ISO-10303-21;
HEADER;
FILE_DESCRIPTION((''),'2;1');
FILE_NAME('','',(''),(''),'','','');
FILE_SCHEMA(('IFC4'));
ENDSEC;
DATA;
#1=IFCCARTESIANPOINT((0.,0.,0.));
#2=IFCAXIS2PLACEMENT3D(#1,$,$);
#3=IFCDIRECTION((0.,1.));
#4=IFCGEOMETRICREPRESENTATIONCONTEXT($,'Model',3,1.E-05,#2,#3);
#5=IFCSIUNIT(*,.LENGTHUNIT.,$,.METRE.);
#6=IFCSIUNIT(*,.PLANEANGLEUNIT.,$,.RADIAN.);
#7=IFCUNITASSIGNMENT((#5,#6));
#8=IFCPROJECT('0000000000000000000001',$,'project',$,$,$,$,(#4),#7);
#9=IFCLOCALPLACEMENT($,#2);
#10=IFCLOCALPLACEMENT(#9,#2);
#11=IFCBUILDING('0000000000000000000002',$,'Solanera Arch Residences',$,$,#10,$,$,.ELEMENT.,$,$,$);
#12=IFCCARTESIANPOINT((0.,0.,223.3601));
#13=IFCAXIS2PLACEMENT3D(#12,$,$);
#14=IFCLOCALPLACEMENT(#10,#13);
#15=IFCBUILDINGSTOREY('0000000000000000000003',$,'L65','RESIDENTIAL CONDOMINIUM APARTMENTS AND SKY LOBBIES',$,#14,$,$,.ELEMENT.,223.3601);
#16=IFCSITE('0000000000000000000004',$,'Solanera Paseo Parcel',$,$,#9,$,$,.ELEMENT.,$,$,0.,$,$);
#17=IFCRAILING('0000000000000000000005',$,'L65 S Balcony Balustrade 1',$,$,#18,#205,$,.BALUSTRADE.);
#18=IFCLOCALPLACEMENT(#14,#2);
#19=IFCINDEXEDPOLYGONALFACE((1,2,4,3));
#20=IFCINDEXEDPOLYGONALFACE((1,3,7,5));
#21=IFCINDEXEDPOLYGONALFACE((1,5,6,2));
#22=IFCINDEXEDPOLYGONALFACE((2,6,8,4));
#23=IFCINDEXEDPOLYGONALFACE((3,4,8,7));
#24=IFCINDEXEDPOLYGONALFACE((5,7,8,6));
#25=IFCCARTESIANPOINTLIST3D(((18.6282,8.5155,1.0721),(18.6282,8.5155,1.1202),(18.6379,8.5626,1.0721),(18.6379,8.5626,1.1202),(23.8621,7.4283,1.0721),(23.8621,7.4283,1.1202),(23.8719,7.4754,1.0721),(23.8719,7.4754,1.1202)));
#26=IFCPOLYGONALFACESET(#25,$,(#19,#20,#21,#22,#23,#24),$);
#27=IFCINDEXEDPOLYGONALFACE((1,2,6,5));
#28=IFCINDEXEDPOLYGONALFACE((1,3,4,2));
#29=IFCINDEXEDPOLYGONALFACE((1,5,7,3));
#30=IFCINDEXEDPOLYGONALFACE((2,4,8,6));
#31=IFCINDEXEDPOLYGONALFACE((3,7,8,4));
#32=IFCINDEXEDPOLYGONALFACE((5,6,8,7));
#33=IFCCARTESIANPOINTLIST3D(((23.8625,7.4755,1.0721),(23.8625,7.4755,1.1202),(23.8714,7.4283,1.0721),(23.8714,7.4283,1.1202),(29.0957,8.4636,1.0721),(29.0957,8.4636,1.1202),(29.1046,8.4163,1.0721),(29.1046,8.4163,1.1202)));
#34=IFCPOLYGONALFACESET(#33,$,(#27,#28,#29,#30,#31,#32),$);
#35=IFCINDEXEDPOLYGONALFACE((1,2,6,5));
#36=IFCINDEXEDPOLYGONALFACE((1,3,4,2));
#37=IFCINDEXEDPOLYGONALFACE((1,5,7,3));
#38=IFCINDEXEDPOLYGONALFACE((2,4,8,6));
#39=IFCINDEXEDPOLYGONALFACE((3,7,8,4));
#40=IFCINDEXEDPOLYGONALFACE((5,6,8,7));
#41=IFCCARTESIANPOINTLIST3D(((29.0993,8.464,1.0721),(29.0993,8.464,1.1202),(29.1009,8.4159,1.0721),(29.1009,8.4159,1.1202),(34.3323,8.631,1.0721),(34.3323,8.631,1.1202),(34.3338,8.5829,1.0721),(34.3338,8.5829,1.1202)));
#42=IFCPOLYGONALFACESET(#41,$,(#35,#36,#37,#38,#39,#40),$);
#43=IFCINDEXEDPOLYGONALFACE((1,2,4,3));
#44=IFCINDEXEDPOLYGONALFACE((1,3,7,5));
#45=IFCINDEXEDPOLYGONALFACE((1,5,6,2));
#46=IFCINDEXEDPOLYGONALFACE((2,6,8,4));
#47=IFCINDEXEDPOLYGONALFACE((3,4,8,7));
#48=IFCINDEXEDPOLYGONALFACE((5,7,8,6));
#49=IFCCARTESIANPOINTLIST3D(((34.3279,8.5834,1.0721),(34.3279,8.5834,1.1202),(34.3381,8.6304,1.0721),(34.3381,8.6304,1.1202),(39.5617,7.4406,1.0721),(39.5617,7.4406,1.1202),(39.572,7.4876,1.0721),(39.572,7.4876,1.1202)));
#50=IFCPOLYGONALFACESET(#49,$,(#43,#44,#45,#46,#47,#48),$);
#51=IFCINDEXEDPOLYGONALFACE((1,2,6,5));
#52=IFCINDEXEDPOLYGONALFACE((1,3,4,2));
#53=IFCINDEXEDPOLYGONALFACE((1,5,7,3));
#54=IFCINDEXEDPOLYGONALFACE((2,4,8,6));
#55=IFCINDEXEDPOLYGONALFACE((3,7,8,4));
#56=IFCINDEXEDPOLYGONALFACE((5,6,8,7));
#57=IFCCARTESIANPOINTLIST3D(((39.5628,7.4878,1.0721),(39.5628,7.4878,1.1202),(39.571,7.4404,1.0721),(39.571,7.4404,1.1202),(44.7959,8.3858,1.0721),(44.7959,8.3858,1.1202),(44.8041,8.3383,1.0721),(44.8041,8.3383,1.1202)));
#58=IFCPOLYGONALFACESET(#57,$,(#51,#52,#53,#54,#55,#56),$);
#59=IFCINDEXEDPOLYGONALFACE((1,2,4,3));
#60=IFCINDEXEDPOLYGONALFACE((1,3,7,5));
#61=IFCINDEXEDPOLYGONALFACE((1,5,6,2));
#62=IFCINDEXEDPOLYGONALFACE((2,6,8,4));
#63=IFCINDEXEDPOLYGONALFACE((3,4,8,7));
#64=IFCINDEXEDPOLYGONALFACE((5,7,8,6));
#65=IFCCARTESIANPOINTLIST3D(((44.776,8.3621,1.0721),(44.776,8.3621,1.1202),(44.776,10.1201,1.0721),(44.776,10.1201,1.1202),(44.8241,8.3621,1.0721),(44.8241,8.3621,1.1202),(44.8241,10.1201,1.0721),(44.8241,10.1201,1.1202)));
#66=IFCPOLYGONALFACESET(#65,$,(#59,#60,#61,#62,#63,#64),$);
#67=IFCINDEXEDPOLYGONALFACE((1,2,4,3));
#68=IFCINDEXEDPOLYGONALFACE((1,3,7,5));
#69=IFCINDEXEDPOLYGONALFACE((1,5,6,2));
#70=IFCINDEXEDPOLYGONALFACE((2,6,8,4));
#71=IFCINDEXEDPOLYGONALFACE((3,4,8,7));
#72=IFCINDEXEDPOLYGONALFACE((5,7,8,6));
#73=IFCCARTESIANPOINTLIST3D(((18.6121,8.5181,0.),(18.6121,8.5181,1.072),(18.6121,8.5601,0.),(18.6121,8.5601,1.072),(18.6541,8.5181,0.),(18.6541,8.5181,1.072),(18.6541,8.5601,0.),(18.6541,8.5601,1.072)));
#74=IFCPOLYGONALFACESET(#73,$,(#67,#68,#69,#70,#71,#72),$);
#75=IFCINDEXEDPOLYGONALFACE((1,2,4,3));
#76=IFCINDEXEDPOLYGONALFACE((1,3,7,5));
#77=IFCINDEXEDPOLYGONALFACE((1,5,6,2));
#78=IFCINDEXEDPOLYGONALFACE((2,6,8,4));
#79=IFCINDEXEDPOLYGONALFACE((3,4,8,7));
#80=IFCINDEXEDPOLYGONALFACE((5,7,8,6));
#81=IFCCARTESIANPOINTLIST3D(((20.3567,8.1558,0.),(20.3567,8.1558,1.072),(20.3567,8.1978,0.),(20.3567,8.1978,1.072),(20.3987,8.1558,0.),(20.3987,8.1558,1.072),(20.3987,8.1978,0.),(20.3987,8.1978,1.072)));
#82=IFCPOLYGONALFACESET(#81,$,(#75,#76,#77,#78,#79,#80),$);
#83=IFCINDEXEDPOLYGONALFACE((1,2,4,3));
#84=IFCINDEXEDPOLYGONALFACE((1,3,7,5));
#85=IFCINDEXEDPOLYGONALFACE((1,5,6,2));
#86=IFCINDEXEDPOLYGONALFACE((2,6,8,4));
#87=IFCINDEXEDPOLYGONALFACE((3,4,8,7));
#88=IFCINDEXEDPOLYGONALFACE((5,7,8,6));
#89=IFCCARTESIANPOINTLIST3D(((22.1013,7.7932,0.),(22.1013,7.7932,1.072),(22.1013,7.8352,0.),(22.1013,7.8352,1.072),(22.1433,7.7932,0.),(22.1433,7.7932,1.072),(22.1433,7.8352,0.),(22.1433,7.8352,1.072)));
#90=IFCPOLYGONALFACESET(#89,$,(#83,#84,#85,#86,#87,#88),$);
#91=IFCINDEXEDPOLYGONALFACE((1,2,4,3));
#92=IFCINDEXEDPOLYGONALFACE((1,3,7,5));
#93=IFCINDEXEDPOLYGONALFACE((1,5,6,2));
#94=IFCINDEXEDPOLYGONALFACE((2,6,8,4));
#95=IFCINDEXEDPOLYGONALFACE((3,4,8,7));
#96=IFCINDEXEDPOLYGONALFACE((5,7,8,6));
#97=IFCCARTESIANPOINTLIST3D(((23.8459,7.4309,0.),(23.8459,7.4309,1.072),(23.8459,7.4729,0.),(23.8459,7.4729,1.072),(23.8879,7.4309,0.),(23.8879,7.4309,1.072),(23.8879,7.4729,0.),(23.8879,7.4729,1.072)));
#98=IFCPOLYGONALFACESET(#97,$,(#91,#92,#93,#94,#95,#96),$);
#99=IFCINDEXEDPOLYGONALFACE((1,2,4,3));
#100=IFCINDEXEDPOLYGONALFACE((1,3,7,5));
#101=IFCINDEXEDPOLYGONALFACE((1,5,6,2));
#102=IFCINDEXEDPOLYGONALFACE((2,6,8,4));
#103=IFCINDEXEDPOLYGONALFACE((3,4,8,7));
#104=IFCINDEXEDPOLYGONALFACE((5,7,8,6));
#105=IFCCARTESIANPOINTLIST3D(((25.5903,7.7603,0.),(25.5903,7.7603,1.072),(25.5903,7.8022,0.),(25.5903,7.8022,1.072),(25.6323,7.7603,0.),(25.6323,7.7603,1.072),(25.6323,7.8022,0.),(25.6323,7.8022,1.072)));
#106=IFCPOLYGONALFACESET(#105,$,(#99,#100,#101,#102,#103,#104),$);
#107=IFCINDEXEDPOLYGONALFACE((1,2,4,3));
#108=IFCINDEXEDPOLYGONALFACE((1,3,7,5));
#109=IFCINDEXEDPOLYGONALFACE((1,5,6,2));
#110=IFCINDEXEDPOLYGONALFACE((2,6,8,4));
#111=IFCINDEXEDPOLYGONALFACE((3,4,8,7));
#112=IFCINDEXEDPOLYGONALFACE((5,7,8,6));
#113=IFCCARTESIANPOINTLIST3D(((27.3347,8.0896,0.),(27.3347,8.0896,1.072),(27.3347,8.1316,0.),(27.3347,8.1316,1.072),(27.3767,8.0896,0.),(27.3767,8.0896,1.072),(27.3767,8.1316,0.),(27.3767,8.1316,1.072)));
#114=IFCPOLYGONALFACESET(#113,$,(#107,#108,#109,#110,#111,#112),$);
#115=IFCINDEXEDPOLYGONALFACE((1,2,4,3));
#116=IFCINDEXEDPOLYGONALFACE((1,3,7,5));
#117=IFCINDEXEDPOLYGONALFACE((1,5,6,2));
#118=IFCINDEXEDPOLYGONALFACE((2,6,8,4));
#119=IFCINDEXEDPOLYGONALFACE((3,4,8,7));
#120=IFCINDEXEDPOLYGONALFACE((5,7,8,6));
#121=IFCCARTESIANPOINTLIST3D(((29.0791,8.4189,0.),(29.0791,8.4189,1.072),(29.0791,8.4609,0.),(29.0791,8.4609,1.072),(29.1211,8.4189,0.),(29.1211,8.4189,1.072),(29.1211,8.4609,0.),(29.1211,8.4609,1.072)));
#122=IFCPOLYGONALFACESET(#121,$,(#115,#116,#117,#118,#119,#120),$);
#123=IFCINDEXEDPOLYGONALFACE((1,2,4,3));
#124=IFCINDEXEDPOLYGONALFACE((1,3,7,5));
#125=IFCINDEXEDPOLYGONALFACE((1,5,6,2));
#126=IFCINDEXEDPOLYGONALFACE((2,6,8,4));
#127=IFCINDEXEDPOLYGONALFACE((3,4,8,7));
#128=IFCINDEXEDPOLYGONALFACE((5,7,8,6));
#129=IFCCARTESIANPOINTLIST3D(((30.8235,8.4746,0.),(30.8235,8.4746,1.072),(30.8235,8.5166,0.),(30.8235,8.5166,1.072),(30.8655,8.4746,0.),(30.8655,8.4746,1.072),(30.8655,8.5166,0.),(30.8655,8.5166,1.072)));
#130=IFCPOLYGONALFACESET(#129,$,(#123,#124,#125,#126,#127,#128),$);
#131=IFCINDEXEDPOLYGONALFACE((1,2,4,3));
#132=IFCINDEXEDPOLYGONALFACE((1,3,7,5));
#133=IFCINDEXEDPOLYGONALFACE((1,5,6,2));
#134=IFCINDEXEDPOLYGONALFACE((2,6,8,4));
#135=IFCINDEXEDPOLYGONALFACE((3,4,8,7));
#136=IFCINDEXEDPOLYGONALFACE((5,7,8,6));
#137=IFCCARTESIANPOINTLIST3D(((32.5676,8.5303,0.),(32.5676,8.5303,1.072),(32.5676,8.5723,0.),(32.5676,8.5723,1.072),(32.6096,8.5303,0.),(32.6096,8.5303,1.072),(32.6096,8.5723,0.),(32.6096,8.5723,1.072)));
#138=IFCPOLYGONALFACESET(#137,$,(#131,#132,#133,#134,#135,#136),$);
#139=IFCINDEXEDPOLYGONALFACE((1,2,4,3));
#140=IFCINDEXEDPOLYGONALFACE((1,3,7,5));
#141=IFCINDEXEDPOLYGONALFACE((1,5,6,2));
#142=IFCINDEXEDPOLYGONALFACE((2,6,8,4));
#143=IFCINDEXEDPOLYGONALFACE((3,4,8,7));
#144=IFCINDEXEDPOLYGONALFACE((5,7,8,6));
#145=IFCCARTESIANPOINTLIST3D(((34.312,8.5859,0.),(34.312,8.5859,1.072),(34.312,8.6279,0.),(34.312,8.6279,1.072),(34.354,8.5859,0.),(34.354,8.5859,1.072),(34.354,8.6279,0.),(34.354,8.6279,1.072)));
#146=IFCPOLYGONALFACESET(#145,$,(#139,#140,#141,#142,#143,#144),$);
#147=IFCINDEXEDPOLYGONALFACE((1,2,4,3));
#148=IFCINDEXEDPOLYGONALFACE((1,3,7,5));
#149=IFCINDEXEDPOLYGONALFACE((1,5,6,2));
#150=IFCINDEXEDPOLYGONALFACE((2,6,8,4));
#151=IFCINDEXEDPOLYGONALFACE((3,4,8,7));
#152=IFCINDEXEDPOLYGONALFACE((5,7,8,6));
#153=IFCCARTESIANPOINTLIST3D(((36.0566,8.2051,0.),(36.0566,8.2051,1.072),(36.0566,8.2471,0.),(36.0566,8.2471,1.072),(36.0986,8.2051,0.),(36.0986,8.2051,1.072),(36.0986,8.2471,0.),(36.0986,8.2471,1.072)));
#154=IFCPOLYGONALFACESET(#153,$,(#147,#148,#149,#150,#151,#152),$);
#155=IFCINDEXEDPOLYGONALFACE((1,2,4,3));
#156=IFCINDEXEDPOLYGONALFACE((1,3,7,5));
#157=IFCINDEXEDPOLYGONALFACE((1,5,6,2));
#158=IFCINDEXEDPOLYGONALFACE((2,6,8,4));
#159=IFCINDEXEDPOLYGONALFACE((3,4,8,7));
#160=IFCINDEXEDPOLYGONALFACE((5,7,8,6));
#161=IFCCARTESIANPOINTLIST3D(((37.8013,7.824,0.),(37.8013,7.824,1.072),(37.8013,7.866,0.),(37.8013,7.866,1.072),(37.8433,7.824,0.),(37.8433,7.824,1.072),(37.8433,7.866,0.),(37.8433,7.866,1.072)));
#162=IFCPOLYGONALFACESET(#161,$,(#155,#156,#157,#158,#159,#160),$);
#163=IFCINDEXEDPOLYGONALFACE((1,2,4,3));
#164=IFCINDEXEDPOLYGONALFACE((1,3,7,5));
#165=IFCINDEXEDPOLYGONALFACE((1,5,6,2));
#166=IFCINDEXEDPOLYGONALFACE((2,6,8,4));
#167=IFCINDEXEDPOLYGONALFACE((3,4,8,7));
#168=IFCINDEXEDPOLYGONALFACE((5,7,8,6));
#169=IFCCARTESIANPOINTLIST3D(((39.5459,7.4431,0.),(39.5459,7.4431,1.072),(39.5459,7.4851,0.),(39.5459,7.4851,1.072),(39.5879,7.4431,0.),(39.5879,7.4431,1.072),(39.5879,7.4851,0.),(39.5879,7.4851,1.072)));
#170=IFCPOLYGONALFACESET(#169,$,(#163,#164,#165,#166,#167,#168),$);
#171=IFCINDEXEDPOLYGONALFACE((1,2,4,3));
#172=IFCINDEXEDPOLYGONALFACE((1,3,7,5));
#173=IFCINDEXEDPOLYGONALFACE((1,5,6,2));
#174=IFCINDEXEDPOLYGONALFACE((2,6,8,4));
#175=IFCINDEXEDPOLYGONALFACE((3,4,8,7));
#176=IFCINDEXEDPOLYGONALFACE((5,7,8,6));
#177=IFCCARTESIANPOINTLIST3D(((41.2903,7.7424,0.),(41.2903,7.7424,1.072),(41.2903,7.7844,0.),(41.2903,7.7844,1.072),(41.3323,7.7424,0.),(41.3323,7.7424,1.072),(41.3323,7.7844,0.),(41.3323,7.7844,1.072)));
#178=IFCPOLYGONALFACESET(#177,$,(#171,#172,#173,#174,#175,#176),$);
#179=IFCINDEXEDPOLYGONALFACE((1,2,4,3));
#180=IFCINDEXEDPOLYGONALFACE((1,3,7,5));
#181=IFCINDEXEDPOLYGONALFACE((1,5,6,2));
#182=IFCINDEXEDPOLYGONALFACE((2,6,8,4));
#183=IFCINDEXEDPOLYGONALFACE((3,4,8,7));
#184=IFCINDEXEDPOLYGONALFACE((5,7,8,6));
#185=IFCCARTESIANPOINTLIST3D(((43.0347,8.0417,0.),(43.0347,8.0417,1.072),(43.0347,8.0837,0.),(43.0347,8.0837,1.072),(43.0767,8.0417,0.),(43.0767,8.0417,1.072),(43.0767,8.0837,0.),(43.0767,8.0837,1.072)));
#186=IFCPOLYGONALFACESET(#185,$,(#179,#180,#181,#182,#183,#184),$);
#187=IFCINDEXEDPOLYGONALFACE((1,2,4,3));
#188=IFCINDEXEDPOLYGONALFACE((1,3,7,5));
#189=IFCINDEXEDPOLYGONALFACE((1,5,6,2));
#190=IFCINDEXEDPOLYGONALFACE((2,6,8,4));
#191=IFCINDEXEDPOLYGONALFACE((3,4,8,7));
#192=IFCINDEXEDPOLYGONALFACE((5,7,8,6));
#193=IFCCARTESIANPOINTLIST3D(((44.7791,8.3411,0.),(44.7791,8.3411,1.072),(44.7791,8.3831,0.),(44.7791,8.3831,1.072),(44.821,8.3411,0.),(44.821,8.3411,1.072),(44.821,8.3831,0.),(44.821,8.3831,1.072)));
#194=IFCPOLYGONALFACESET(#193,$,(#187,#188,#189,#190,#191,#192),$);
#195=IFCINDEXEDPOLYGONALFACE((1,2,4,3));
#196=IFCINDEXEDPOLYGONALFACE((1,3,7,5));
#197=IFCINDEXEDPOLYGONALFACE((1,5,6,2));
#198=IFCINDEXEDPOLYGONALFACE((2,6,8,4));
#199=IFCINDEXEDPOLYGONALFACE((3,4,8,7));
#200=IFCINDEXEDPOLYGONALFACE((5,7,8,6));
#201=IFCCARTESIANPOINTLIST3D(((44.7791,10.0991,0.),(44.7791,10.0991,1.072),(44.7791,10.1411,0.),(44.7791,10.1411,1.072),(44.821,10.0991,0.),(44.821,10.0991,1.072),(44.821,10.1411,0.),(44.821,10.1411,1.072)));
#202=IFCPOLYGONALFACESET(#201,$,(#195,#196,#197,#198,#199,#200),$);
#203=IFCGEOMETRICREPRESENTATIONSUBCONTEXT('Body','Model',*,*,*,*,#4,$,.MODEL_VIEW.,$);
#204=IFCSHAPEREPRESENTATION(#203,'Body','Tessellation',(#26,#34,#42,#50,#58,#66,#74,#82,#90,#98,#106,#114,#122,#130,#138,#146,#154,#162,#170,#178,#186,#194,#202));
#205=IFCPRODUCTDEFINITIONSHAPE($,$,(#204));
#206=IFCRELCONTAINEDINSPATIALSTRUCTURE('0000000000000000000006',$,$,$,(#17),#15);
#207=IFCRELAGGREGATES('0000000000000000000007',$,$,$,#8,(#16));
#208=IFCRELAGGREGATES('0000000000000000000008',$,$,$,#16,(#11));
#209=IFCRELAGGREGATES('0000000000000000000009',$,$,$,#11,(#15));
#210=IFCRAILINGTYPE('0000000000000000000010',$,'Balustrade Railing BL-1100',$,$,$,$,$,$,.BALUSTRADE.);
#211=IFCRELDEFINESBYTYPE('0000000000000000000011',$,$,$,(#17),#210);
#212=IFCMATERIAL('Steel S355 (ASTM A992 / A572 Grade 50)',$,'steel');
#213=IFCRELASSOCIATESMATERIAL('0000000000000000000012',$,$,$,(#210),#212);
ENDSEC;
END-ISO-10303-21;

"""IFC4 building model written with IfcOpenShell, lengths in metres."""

from ifc_helpers import new_model, si_unit, direction, frame, origin, origin_2d, place, context, subcontext, project, spatial, rectangle, extrude, material, type_object, element, save


model = new_model("IFC4")

# Units and contexts
model_context = context("Model", 3, precision=1e-05, world=origin(), true_north=direction((0.0, 1.0)))
body_context = subcontext(model_context, "Body", "Model", "MODEL_VIEW")
ifc_project = project(units=[si_unit("LENGTHUNIT", "METRE"), si_unit("PLANEANGLEUNIT", "RADIAN")], contexts=[model_context])

# Site, building, storey
site_placement = place(None, origin())
site = spatial("IfcSite", under=ifc_project, at=site_placement, Name="Solanera Paseo Parcel", CompositionType="ELEMENT", RefElevation=0.0)
building_placement = place(site_placement, origin())
building = spatial("IfcBuilding", under=site, at=building_placement, Name="Solanera Arch Residences", CompositionType="ELEMENT")
storey_placement = place(building_placement, frame((0.0, 0.0, 223.3601)))
storey = spatial("IfcBuildingStorey", under=building, at=storey_placement, Name="L65", Description="RESIDENTIAL CONDOMINIUM APARTMENTS AND SKY LOBBIES", CompositionType="ELEMENT", Elevation=223.3601)

# Railing
ifc_material_1 = material(Name="Steel S355 (ASTM A992 / A572 Grade 50)", Category="steel")
railing_type = type_object("IfcRailingType", Name="Balustrade Railing BL-1100", PredefinedType="BALUSTRADE", material=ifc_material_1)
railing_placement = place(storey_placement, frame((18.6331, 8.5391, 0.0)))
element("IfcRailing", 1, at=railing_placement, inside=storey, type_object=railing_type, Name="L65 S Balcony Balustrade 1", PredefinedType="BALUSTRADE", context=body_context, shape_type="SweptSolid", body=[
    extrude(rectangle(XDim=0.0481, YDim=0.0481, at=origin_2d()), frame((0.0, 0.0, 1.0962), z_axis=(0.979101, -0.203374, 0.0), x_axis=(0.203374, 0.979101, 0.0)), (0.0, 0.0, 1.0), 5.3457),
    extrude(rectangle(XDim=0.0481, YDim=0.0481, at=origin_2d()), frame((5.2339, -1.0872, 1.0962), z_axis=(0.982639, 0.185526, 0.0), x_axis=(-0.185526, 0.982639, 0.0)), (0.0, 0.0, 1.0), 5.3257),
    extrude(rectangle(XDim=0.0481, YDim=0.0481, at=origin_2d()), frame((10.467, -0.0991, 1.0962), z_axis=(0.999491, 0.031896, 0.0), x_axis=(-0.031896, 0.999491, 0.0)), (0.0, 0.0, 1.0), 5.2356),
    extrude(rectangle(XDim=0.0481, YDim=0.0481, at=origin_2d()), frame((15.7, 0.0679, 1.0962), z_axis=(0.976981, -0.213324, 0.0), x_axis=(0.213324, 0.976981, 0.0)), (0.0, 0.0, 1.0), 5.3572),
    extrude(rectangle(XDim=0.0481, YDim=0.0481, at=origin_2d()), frame((20.9338, -1.075, 1.0962), z_axis=(0.985596, 0.169117, 0.0), x_axis=(-0.169117, 0.985596, 0.0)), (0.0, 0.0, 1.0), 5.3096),
    extrude(rectangle(XDim=0.0481, YDim=0.0481, at=origin_2d()), frame((26.167, -0.177, 1.0962), z_axis=(0.0, 1.0, 0.0), x_axis=(-1.0, 0.0, 0.0)), (0.0, 0.0, 1.0), 1.7581),
    extrude(rectangle(XDim=0.042, YDim=0.042, at=origin_2d()), origin(), (0.0, 0.0, 1.0), 1.072),
    extrude(rectangle(XDim=0.042, YDim=0.042, at=origin_2d()), frame((1.7446, -0.3623, 0.0)), (0.0, 0.0, 1.0), 1.072),
    extrude(rectangle(XDim=0.042, YDim=0.042, at=origin_2d()), frame((3.4893, -0.7249, 0.0)), (0.0, 0.0, 1.0), 1.072),
    extrude(rectangle(XDim=0.042, YDim=0.042, at=origin_2d()), frame((5.2339, -1.0872, 0.0)), (0.0, 0.0, 1.0), 1.072),
    extrude(rectangle(XDim=0.042, YDim=0.042, at=origin_2d()), frame((6.9783, -0.7578, 0.0)), (0.0, 0.0, 1.0), 1.072),
    extrude(rectangle(XDim=0.042, YDim=0.042, at=origin_2d()), frame((8.7227, -0.4285, 0.0)), (0.0, 0.0, 1.0), 1.072),
    extrude(rectangle(XDim=0.042, YDim=0.042, at=origin_2d()), frame((10.467, -0.0991, 0.0)), (0.0, 0.0, 1.0), 1.072),
    extrude(rectangle(XDim=0.042, YDim=0.042, at=origin_2d()), frame((12.2114, -0.0435, 0.0)), (0.0, 0.0, 1.0), 1.072),
    extrude(rectangle(XDim=0.042, YDim=0.042, at=origin_2d()), frame((13.9556, 0.0122, 0.0)), (0.0, 0.0, 1.0), 1.072),
    extrude(rectangle(XDim=0.042, YDim=0.042, at=origin_2d()), frame((15.7, 0.0679, 0.0)), (0.0, 0.0, 1.0), 1.072),
    extrude(rectangle(XDim=0.042, YDim=0.042, at=origin_2d()), frame((17.4446, -0.313, 0.0)), (0.0, 0.0, 1.0), 1.072),
    extrude(rectangle(XDim=0.042, YDim=0.042, at=origin_2d()), frame((19.1892, -0.6941, 0.0)), (0.0, 0.0, 1.0), 1.072),
    extrude(rectangle(XDim=0.042, YDim=0.042, at=origin_2d()), frame((20.9338, -1.075, 0.0)), (0.0, 0.0, 1.0), 1.072),
    extrude(rectangle(XDim=0.042, YDim=0.042, at=origin_2d()), frame((22.6782, -0.7756, 0.0)), (0.0, 0.0, 1.0), 1.072),
    extrude(rectangle(XDim=0.042, YDim=0.042, at=origin_2d()), frame((24.4226, -0.4763, 0.0)), (0.0, 0.0, 1.0), 1.072),
    extrude(rectangle(XDim=0.042, YDim=0.042, at=origin_2d()), frame((26.167, -0.177, 0.0)), (0.0, 0.0, 1.0), 1.072),
    extrude(rectangle(XDim=0.042, YDim=0.042, at=origin_2d()), frame((26.167, 1.5811, 0.0)), (0.0, 0.0, 1.0), 1.072),
])

save(model, "model.ifc")
